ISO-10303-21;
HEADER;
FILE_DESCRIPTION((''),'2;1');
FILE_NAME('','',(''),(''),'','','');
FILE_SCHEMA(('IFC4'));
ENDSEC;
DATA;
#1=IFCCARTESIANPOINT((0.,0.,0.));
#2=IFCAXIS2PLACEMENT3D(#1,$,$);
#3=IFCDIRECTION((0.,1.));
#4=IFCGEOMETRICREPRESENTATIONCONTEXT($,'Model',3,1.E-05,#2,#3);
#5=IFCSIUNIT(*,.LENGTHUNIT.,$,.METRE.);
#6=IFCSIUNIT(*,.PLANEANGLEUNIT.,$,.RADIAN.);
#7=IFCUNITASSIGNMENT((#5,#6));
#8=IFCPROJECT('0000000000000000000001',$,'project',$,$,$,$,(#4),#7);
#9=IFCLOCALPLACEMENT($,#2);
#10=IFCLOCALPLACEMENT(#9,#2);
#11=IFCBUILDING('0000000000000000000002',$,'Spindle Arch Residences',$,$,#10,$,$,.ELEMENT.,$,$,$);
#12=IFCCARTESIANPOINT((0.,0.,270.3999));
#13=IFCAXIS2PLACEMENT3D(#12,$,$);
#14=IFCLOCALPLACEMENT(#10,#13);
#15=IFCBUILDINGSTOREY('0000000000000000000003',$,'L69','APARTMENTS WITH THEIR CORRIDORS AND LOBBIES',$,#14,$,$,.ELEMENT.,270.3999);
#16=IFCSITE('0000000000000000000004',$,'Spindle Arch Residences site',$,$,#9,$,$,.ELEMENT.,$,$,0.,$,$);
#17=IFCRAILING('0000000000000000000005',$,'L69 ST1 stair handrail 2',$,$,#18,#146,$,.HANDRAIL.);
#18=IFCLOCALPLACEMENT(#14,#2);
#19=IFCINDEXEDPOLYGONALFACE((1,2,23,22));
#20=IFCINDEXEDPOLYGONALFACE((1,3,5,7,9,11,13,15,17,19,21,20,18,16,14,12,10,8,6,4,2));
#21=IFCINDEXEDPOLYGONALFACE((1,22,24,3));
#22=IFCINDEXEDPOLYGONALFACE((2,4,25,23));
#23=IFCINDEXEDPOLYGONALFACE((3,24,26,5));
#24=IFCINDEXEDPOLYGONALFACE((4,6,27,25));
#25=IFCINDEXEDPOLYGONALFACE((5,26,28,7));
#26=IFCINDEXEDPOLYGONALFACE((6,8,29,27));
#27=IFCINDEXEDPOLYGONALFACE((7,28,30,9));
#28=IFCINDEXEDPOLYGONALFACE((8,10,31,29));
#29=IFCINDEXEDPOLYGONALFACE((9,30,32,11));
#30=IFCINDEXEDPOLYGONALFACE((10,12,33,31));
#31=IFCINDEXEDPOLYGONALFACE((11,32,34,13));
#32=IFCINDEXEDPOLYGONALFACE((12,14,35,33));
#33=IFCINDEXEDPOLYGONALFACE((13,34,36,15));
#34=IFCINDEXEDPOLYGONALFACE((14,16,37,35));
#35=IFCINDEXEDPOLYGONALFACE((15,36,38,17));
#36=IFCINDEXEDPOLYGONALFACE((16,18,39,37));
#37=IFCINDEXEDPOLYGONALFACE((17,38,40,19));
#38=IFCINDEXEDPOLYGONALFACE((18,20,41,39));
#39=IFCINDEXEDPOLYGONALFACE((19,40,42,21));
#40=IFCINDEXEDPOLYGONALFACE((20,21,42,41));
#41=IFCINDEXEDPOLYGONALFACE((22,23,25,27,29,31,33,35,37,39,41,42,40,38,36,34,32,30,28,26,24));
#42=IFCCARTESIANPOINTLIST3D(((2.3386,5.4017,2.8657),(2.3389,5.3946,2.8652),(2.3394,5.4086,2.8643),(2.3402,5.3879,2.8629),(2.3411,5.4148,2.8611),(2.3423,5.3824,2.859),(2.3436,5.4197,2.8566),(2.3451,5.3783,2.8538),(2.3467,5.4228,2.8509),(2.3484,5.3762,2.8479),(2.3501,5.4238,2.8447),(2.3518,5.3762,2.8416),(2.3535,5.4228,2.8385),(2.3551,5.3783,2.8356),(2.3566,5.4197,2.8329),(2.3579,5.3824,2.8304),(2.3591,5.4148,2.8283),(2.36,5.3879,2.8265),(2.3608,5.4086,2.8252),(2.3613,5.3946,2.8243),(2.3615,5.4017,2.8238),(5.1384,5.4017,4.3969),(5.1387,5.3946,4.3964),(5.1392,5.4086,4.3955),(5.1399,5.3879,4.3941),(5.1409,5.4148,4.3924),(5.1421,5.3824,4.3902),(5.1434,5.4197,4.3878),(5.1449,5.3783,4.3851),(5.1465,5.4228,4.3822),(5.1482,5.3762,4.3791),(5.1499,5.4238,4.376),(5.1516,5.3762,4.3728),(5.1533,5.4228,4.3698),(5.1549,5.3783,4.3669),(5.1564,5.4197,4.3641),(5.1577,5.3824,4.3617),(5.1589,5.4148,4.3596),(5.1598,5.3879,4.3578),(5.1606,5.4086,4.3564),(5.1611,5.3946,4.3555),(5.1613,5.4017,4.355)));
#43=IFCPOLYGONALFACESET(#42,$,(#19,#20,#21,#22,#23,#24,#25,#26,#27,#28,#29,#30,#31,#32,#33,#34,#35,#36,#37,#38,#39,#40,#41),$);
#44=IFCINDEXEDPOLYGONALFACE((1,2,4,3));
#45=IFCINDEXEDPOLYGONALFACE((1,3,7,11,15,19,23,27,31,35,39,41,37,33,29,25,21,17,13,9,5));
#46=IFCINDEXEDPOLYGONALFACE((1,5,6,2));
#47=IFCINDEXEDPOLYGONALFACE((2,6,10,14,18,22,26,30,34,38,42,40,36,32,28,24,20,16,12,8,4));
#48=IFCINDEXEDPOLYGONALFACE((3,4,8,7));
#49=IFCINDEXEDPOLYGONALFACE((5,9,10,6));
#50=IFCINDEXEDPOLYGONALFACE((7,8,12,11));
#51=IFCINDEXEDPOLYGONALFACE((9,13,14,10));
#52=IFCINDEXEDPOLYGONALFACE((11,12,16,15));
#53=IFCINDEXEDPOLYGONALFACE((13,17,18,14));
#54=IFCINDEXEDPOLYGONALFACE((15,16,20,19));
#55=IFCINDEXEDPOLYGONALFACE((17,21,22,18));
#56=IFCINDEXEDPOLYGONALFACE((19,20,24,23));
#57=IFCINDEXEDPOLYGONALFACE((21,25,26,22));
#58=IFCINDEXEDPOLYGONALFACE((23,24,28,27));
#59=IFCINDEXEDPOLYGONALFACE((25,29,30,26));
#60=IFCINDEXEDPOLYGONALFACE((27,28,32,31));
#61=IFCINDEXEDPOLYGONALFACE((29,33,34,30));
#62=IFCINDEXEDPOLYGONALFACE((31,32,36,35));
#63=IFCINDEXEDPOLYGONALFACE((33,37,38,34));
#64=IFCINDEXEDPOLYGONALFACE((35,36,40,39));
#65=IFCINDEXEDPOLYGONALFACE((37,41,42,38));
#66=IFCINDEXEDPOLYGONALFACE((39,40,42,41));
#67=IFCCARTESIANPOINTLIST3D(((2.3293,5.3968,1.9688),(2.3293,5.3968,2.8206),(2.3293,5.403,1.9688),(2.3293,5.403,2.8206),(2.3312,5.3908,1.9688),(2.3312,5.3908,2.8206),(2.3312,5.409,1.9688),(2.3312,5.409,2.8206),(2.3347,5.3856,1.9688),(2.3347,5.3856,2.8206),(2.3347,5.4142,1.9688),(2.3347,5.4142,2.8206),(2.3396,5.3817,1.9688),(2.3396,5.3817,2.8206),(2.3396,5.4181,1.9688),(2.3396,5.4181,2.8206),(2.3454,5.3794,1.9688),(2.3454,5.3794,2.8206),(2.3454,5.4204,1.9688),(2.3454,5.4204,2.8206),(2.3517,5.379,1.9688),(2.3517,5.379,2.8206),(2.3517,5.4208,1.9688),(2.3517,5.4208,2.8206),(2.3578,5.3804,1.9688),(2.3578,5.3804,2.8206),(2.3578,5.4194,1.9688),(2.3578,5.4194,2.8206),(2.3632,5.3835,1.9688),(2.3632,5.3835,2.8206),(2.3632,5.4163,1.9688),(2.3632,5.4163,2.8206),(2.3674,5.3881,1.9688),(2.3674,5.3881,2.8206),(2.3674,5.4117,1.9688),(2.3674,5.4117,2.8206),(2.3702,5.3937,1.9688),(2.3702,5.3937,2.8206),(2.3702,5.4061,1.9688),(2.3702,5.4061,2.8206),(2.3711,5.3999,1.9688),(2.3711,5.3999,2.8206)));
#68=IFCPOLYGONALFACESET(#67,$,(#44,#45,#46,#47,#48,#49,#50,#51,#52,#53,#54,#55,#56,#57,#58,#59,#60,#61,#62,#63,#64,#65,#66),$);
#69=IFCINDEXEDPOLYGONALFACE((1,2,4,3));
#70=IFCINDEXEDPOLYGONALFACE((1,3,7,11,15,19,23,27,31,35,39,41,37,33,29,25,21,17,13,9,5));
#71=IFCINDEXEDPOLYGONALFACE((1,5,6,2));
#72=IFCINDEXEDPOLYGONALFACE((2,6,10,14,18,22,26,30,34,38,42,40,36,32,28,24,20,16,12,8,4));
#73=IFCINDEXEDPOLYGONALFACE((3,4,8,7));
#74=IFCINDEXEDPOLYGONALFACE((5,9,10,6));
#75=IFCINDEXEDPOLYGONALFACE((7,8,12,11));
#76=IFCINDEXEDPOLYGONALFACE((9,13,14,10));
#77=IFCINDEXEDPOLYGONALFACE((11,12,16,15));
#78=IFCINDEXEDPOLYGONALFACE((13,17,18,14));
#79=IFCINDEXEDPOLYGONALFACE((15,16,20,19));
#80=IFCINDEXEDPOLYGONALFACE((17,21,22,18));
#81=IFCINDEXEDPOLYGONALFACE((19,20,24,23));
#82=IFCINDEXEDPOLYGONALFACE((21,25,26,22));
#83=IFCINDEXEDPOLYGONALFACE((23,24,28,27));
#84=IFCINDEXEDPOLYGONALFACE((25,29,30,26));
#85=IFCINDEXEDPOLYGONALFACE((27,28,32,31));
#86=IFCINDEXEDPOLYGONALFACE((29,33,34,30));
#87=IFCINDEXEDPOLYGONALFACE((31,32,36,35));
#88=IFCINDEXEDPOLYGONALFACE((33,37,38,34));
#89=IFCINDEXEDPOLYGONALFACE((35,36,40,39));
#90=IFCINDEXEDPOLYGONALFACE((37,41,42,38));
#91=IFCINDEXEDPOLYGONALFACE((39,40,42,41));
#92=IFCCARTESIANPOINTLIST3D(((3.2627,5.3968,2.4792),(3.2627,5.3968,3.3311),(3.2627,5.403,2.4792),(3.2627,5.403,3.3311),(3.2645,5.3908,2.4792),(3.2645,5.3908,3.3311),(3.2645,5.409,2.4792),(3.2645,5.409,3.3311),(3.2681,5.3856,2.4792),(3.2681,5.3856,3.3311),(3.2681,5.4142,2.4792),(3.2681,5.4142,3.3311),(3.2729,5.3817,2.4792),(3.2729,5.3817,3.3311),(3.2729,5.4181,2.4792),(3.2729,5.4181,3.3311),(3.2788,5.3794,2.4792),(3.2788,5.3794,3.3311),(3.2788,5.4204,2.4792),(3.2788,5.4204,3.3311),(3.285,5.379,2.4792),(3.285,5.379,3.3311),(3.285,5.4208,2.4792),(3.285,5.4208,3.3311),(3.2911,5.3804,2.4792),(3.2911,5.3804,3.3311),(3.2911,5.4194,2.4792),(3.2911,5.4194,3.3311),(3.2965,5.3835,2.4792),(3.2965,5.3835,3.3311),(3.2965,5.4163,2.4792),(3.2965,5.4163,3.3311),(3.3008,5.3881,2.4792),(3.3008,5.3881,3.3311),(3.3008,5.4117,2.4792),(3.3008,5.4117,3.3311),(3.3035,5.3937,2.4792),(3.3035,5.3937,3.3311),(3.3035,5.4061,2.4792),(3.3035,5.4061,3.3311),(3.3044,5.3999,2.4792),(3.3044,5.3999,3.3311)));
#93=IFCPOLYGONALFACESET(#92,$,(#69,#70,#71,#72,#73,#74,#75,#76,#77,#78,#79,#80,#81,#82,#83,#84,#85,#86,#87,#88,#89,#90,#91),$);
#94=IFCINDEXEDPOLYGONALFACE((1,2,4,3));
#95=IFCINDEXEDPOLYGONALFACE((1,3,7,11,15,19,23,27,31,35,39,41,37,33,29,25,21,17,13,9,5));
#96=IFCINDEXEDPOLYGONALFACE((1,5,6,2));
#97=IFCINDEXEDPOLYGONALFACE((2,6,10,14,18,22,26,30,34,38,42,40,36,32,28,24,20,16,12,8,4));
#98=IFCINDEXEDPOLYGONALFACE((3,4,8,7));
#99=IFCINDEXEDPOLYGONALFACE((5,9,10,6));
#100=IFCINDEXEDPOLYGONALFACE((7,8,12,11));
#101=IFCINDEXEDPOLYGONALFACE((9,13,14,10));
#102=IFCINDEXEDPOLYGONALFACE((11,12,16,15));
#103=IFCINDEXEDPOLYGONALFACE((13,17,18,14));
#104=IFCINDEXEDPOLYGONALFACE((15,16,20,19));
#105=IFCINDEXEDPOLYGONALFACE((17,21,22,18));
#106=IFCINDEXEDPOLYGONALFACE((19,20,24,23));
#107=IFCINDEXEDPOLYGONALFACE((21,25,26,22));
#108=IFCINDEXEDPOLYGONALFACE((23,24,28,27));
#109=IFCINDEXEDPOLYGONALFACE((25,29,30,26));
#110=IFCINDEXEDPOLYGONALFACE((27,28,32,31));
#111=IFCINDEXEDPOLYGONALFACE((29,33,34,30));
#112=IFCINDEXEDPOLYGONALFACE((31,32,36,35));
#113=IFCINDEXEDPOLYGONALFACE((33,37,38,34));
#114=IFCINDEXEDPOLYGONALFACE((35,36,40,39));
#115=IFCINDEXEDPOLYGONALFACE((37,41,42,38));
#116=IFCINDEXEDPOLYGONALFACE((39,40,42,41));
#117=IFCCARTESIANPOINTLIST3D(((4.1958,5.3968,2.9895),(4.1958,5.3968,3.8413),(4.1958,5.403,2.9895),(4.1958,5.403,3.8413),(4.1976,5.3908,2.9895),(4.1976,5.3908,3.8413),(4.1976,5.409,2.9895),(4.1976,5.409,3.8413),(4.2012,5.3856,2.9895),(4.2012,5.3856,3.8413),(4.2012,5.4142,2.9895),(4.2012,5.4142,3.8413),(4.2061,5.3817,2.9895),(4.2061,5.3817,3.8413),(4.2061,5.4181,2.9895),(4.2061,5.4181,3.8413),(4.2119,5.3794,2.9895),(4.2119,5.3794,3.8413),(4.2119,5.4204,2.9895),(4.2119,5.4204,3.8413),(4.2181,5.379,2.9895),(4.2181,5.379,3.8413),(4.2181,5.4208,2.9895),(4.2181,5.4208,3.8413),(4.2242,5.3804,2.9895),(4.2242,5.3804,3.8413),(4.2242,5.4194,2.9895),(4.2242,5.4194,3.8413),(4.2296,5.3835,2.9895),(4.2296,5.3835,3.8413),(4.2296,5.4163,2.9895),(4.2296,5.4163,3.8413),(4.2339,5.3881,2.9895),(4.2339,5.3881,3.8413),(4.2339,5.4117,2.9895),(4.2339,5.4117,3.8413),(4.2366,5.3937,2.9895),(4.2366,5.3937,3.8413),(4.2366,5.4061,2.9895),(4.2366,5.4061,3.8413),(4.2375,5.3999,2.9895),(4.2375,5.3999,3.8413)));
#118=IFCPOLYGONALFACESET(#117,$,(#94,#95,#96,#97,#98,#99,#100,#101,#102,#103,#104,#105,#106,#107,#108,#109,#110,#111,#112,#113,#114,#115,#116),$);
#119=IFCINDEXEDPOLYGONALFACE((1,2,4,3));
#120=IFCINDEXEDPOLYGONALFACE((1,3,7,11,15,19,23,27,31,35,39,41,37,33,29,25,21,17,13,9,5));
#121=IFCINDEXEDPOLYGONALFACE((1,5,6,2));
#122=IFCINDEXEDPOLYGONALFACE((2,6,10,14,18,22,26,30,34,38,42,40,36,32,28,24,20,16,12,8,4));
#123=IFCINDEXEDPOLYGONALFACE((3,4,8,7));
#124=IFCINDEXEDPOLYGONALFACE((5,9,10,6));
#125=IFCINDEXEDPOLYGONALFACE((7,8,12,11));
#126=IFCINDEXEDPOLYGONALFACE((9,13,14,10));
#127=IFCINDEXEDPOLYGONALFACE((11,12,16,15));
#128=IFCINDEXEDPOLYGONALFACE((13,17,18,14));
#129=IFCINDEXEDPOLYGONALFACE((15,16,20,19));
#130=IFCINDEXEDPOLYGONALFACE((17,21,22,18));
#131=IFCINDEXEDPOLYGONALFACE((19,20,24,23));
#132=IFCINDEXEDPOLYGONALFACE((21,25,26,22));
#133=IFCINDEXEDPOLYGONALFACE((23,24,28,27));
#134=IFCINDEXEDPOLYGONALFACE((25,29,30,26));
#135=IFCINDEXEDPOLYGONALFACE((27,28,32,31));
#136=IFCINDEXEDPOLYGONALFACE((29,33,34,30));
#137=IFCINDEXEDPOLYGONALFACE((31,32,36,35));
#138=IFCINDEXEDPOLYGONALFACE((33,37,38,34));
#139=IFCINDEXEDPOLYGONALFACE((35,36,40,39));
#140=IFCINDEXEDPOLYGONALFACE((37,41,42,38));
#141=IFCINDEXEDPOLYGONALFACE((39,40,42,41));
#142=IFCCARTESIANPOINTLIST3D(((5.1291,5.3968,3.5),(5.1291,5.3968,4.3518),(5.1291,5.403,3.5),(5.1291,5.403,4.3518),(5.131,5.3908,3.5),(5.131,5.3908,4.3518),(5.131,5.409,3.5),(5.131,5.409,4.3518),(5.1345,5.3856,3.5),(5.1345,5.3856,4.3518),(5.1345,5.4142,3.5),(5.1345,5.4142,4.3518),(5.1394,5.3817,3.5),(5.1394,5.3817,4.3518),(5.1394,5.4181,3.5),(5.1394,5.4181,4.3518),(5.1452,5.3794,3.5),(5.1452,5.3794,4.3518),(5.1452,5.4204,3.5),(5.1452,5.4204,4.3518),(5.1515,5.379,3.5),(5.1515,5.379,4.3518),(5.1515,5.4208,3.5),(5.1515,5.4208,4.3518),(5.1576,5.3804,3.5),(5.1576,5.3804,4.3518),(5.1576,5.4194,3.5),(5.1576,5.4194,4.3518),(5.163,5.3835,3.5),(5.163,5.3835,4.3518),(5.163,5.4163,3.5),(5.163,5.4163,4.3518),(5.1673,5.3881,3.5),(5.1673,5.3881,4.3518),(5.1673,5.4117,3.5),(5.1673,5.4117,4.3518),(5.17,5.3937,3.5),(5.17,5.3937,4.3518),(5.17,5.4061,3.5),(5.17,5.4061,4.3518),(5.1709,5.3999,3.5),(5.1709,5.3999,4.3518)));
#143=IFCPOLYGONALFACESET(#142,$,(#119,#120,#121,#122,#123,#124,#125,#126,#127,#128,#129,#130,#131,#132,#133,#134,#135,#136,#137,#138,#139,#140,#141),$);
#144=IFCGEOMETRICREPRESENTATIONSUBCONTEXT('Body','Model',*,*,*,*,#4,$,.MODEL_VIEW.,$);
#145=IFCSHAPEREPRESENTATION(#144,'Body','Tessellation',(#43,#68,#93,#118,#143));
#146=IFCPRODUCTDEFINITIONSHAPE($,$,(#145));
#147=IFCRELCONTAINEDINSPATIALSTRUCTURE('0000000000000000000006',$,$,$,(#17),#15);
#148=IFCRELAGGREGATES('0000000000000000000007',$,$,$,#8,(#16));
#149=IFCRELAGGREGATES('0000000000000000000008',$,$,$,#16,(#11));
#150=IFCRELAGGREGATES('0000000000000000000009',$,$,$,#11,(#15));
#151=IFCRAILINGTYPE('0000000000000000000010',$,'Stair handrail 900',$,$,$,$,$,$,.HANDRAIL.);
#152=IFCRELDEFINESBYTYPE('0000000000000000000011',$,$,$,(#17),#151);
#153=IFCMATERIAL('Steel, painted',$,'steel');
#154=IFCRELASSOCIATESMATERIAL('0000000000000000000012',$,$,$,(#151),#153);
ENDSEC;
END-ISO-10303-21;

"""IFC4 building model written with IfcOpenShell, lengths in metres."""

from ifc_helpers import new_model, si_unit, direction, frame, origin, origin_2d, place, context, subcontext, project, spatial, circle, extrude, material, type_object, element, save


model = new_model("IFC4")

# Units and contexts
model_context = context("Model", 3, precision=1e-05, world=origin(), true_north=direction((0.0, 1.0)))
body_context = subcontext(model_context, "Body", "Model", "MODEL_VIEW")
ifc_project = project(units=[si_unit("LENGTHUNIT", "METRE"), si_unit("PLANEANGLEUNIT", "RADIAN")], contexts=[model_context])

# Site, building, storey
site_placement = place(None, origin())
site = spatial("IfcSite", under=ifc_project, at=site_placement, Name="Spindle Arch Residences site", CompositionType="ELEMENT", RefElevation=0.0)
building_placement = place(site_placement, origin())
building = spatial("IfcBuilding", under=site, at=building_placement, Name="Spindle Arch Residences", CompositionType="ELEMENT")
storey_placement = place(building_placement, frame((0.0, 0.0, 270.3999)))
storey = spatial("IfcBuildingStorey", under=building, at=storey_placement, Name="L69", Description="APARTMENTS WITH THEIR CORRIDORS AND LOBBIES", CompositionType="ELEMENT", Elevation=270.3999)

# Railing
ifc_material_1 = material(Name="Steel, painted", Category="steel")
railing_type_1 = type_object("IfcRailingType", Name="Stair handrail 900", PredefinedType="HANDRAIL", material=ifc_material_1)
railing_1_placement = place(storey_placement, frame((2.3501, 5.3999, 1.9688)))
element("IfcRailing", 1, at=railing_1_placement, inside=storey, type_object=railing_type_1, Name="L69 ST1 stair handrail 2", PredefinedType="HANDRAIL", context=body_context, shape_type="SweptSolid", body=[
    extrude(circle(Radius=0.0239, at=origin_2d()), frame((0.0, 0.0, 0.876), z_axis=(0.877357, 0.0, 0.479838), x_axis=(0.0, 1.0, 0.0)), (0.0, 0.0, 1.0), 3.1912),
    extrude(circle(Radius=0.021, at=origin_2d()), origin(), (0.0, 0.0, 1.0), 0.8518),
    extrude(circle(Radius=0.021, at=origin_2d()), frame((0.9333, 0.0, 0.5105)), (0.0, 0.0, 1.0), 0.8518),
    extrude(circle(Radius=0.021, at=origin_2d()), frame((1.8665, 0.0, 1.0208)), (0.0, 0.0, 1.0), 0.8518),
    extrude(circle(Radius=0.021, at=origin_2d()), frame((2.7998, 0.0, 1.5312)), (0.0, 0.0, 1.0), 0.8518),
])

save(model, "model.ifc")
